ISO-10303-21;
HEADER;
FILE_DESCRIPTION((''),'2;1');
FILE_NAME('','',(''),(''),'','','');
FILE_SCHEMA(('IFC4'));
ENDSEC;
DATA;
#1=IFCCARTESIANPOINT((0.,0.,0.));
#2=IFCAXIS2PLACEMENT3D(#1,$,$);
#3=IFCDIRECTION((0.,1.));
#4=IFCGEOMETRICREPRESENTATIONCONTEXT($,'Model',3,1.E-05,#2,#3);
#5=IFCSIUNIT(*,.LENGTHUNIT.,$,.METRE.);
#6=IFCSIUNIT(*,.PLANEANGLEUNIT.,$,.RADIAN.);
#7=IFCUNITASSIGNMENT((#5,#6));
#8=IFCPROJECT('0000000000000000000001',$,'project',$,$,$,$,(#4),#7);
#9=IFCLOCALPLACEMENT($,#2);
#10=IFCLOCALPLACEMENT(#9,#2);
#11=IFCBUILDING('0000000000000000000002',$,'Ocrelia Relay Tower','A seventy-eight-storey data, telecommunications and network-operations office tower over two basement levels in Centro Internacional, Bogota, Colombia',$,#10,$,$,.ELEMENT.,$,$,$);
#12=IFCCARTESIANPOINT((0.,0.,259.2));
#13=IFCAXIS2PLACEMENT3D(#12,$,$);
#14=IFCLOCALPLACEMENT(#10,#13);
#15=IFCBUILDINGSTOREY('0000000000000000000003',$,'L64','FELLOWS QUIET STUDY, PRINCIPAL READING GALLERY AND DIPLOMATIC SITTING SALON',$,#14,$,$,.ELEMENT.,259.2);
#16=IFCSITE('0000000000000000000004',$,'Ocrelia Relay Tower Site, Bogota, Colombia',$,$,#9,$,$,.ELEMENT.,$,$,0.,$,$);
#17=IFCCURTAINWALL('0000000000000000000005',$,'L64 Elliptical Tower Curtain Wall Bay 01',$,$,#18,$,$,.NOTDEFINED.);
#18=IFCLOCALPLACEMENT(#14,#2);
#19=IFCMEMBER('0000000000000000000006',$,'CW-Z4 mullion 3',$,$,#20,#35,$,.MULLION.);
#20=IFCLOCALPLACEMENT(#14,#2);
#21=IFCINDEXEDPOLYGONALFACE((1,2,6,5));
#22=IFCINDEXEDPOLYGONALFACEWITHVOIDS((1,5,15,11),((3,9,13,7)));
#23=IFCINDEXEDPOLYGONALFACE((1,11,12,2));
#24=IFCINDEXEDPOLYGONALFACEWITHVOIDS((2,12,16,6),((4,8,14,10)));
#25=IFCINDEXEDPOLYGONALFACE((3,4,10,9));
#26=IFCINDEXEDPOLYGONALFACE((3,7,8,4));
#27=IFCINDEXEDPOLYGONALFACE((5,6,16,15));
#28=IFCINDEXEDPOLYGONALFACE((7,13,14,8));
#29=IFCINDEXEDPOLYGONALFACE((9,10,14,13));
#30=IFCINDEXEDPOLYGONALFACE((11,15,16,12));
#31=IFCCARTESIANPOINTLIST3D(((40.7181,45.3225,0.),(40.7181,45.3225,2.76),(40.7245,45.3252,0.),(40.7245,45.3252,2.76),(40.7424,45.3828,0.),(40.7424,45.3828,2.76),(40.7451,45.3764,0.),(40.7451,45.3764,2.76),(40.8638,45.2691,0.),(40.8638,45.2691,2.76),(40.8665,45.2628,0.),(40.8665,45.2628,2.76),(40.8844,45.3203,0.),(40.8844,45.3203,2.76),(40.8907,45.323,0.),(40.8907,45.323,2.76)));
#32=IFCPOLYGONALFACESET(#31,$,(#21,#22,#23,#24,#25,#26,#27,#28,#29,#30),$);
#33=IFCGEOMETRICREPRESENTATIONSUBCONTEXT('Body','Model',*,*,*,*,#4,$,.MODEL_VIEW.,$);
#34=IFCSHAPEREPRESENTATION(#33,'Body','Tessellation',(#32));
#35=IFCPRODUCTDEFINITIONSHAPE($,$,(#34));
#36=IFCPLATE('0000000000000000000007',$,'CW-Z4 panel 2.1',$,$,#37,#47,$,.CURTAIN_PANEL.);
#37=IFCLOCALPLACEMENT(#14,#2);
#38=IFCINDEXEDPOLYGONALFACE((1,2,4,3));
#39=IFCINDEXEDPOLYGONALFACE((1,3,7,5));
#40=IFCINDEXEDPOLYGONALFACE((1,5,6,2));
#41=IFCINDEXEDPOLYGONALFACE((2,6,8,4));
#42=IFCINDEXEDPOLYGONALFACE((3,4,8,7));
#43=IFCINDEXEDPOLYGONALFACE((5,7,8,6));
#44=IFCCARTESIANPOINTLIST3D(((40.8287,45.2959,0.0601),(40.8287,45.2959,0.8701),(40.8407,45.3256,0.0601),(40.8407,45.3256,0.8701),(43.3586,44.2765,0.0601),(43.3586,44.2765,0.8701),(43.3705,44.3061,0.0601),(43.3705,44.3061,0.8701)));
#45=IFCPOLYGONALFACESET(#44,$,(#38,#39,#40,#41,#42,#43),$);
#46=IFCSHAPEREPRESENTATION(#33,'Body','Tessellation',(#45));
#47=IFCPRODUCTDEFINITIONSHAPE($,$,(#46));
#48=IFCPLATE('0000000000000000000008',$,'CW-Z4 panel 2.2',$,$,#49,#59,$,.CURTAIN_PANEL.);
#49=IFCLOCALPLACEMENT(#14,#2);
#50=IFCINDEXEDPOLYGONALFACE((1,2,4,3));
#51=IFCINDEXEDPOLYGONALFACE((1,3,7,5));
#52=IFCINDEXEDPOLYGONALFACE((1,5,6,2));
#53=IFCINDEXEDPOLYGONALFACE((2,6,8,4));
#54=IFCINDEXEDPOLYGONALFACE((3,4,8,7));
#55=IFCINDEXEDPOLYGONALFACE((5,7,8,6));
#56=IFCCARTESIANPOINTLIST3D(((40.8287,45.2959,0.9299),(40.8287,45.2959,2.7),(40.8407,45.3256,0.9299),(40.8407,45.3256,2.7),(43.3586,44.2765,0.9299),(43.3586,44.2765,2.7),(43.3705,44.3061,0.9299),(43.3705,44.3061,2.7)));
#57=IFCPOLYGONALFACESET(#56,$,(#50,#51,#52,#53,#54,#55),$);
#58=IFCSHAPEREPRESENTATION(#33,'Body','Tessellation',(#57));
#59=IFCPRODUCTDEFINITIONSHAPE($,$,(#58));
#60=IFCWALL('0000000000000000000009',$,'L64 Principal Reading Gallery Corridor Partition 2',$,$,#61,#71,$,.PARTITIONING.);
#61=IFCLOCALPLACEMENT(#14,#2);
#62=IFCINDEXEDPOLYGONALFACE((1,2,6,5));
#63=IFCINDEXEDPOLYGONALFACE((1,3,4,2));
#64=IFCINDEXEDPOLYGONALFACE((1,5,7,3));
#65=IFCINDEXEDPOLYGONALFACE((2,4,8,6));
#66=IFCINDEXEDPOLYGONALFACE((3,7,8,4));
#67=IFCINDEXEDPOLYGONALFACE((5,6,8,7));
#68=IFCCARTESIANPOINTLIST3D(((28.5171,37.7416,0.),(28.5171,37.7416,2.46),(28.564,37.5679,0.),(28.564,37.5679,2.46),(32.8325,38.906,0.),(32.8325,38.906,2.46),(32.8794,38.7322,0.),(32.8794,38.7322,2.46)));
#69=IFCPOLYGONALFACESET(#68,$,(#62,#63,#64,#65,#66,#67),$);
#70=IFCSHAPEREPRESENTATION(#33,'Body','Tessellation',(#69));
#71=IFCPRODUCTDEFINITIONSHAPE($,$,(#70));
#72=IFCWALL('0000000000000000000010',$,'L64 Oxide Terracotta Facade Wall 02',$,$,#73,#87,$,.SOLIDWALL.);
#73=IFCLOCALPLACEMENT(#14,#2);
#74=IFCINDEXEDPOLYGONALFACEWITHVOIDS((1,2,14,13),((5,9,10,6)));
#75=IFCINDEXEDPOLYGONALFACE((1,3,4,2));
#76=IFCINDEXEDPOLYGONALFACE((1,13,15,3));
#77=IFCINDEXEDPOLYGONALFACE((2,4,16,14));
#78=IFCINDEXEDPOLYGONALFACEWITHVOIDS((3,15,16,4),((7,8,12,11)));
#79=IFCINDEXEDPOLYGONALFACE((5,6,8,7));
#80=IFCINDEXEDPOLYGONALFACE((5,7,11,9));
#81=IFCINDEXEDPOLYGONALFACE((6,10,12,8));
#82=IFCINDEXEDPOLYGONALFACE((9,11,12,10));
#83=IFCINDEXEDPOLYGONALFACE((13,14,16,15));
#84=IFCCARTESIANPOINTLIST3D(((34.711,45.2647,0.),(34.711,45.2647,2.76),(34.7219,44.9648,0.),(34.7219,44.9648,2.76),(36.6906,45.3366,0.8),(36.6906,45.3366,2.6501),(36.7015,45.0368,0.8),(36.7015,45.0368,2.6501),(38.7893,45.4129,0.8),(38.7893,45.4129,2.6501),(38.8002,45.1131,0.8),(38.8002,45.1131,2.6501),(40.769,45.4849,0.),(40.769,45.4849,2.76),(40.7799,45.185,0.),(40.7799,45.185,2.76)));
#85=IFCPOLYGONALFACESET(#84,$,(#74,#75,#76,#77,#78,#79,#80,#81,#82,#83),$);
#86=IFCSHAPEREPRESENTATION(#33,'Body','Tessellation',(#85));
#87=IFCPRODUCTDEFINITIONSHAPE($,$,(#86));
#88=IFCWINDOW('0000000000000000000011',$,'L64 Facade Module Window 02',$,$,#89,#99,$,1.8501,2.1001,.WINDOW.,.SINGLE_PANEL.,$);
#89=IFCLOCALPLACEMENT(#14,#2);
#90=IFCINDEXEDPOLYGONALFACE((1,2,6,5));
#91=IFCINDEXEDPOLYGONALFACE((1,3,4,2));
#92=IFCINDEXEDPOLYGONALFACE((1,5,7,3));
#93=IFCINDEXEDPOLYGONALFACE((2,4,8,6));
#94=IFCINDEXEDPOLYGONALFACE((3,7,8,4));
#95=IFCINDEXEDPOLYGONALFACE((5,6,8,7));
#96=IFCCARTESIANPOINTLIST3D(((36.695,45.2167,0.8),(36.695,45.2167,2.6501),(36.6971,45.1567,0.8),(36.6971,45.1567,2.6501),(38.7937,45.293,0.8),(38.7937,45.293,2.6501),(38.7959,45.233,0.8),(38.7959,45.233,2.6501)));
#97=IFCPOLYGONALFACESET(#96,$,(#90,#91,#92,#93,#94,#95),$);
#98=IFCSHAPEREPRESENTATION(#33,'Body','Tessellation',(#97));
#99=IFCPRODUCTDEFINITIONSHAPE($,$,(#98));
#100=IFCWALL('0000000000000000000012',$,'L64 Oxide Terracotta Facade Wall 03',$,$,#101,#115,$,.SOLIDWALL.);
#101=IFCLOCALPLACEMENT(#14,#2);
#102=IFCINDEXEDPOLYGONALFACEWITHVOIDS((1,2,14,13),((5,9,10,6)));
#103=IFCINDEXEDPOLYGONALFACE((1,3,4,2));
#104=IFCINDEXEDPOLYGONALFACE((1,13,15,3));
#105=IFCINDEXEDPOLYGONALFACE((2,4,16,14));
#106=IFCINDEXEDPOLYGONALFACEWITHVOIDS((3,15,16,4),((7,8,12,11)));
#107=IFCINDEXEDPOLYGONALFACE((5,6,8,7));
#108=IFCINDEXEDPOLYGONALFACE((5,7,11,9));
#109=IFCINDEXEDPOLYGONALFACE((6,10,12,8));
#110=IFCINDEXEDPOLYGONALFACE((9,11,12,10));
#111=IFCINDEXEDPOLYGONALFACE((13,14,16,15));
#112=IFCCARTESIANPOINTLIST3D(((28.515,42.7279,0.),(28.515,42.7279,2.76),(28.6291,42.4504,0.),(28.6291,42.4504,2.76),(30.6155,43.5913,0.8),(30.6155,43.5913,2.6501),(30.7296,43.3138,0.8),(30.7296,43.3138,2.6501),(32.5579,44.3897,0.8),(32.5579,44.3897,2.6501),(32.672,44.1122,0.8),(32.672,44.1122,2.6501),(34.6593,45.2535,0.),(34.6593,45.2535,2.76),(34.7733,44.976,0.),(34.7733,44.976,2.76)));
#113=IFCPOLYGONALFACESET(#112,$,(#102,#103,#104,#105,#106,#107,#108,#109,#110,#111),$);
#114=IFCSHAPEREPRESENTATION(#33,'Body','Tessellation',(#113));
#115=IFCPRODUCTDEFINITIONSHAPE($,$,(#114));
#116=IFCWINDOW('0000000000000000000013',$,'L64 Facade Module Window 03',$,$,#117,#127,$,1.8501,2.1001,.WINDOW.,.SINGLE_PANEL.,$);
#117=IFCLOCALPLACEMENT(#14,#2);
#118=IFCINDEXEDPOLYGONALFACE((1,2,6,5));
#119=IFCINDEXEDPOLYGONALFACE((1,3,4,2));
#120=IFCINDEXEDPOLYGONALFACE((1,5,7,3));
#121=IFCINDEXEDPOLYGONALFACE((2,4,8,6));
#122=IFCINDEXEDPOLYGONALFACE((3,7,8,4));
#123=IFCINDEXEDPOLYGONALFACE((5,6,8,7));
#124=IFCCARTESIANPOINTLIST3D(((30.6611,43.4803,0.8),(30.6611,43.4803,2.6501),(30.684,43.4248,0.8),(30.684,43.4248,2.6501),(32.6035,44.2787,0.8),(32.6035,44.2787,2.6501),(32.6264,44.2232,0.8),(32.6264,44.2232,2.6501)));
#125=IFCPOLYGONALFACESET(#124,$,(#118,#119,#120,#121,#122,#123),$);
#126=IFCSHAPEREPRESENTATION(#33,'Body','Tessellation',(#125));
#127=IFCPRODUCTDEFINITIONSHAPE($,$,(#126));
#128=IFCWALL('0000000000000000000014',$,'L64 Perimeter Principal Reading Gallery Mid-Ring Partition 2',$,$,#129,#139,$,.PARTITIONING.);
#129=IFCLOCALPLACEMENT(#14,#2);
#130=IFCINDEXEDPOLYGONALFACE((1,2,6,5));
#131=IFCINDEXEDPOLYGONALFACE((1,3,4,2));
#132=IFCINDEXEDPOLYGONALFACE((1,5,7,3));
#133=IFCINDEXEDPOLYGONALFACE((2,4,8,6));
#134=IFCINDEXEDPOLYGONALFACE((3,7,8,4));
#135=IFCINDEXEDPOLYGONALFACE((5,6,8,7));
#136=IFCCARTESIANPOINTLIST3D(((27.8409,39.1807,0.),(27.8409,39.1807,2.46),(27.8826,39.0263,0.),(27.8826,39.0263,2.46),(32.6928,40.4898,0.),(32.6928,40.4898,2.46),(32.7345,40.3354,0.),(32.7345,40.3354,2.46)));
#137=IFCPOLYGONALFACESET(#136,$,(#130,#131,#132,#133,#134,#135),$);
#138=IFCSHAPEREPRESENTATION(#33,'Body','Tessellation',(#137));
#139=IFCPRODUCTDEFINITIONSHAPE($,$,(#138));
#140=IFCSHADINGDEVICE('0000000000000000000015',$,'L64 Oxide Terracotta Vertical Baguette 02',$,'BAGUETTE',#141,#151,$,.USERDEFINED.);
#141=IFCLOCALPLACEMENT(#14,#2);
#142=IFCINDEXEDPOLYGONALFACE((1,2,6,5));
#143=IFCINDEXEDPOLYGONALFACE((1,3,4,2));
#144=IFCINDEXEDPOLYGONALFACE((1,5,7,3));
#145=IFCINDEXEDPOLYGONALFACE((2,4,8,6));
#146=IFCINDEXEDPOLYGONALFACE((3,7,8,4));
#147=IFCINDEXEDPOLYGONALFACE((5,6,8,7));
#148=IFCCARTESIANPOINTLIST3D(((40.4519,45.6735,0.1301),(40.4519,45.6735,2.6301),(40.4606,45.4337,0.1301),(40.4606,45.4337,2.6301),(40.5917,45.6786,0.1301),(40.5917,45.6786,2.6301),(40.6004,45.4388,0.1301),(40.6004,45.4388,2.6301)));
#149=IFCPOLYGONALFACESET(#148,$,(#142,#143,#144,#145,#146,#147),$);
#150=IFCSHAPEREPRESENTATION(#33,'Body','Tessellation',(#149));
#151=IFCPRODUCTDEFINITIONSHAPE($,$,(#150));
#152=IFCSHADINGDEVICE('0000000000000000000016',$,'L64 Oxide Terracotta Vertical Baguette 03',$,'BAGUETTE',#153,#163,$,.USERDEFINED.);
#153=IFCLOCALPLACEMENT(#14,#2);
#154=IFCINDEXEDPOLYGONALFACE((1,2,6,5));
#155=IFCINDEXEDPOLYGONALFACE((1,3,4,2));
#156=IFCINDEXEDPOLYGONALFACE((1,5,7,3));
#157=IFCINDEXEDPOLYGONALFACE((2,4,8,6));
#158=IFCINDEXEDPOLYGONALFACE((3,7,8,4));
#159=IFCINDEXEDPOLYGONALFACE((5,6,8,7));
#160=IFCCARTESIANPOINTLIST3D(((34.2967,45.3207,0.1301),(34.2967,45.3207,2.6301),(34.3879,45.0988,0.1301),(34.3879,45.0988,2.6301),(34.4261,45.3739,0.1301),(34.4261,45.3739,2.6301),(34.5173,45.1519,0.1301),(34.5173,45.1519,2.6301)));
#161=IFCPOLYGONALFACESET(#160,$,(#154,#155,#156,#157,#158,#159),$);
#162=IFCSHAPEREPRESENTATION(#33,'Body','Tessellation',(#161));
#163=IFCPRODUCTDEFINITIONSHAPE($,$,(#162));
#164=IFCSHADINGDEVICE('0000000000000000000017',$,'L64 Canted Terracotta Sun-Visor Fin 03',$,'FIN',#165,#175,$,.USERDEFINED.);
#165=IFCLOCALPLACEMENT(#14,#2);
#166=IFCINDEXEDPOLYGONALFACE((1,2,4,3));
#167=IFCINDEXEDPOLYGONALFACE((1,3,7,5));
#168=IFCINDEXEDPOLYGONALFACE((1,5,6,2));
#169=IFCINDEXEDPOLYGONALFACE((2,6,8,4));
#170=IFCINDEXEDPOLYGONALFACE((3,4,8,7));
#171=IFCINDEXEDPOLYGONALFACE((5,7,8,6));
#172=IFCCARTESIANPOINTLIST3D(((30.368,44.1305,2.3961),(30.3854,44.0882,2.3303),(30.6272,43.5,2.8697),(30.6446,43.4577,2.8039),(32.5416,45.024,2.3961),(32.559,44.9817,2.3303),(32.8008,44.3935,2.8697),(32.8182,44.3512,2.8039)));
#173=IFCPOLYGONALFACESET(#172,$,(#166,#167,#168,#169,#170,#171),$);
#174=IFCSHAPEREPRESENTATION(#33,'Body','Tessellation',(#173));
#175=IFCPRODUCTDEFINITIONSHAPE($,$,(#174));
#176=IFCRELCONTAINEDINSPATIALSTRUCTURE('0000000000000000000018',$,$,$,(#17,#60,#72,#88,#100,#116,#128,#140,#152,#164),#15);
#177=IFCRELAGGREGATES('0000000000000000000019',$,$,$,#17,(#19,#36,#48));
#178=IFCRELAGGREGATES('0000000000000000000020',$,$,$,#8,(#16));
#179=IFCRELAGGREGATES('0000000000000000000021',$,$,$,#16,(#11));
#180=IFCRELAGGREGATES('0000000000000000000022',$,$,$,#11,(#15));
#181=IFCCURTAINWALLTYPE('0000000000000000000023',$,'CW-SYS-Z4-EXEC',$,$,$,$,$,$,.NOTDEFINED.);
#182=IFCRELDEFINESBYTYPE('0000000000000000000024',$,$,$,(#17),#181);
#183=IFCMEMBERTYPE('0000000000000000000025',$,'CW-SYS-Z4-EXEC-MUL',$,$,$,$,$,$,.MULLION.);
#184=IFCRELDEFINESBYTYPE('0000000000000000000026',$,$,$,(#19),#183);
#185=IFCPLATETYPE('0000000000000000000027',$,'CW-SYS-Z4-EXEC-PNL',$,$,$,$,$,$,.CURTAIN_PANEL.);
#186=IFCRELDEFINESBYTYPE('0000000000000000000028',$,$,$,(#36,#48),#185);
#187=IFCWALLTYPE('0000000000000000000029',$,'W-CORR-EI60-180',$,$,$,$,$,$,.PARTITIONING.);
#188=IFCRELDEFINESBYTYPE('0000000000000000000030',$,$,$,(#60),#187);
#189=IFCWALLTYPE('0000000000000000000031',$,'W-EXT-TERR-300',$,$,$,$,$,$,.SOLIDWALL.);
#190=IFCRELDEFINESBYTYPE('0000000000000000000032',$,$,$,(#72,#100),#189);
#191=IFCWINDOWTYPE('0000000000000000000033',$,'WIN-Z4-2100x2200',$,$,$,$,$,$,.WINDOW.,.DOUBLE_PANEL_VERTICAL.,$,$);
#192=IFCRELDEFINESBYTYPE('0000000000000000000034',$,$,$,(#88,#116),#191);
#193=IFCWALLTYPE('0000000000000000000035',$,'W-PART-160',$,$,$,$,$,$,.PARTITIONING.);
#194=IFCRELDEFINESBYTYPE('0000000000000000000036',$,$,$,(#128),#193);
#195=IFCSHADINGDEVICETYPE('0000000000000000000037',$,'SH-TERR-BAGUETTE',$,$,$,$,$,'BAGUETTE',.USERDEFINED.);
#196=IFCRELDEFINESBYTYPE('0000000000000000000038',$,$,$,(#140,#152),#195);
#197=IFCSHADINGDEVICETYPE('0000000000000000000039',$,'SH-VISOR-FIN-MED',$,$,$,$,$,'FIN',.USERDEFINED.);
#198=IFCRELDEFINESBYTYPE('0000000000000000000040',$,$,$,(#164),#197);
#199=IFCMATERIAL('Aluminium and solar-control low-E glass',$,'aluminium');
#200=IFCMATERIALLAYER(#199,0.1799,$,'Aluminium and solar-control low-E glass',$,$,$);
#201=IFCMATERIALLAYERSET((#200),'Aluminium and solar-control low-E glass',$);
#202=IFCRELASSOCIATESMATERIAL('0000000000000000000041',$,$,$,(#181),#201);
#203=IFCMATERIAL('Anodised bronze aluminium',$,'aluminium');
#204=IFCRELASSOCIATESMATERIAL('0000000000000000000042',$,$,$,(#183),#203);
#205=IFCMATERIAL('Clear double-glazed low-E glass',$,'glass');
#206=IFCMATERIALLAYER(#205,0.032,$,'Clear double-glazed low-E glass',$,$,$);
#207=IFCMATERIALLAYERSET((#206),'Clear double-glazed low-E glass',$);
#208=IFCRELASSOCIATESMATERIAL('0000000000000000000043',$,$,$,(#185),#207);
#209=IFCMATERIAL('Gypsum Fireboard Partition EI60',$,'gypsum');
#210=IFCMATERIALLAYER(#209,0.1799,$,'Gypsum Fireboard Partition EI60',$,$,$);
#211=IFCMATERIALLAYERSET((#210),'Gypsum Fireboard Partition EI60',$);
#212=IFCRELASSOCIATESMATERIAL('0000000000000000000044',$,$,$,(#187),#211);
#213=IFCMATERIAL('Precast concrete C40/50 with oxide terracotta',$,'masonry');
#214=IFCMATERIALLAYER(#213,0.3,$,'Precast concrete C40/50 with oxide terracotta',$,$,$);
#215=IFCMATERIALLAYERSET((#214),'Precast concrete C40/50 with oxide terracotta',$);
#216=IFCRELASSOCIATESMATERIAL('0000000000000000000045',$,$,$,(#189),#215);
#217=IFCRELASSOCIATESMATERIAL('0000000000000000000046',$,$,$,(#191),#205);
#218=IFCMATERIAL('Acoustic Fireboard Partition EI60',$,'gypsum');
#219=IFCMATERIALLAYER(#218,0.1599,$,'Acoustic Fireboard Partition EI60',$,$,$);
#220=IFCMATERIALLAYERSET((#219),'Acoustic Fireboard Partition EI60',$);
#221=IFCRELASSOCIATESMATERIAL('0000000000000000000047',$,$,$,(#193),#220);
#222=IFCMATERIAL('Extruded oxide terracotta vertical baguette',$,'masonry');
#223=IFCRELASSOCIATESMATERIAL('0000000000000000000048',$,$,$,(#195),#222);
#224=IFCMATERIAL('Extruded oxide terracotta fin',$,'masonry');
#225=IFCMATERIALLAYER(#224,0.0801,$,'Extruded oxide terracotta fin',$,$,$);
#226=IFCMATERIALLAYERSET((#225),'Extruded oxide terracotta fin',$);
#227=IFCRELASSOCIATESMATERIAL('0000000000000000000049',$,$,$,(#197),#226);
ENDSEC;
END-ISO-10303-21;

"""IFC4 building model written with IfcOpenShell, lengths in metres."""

from ifc_helpers import new_model, si_unit, direction, frame, frame_2d, origin, origin_2d, place, context, subcontext, project, spatial, rectangle, hollow_rectangle, extrude, material, layer, layer_set, material_profile, profile_set, type_object, element, fill, aggregate, save


model = new_model("IFC4")

# Units and contexts
model_context = context("Model", 3, precision=1e-05, world=origin(), true_north=direction((0.0, 1.0)))
body_context = subcontext(model_context, "Body", "Model", "MODEL_VIEW")
ifc_project = project(units=[si_unit("LENGTHUNIT", "METRE"), si_unit("PLANEANGLEUNIT", "RADIAN")], contexts=[model_context])

# Site, building, storey
site_placement = place(None, origin())
site = spatial("IfcSite", under=ifc_project, at=site_placement, Name="Ocrelia Relay Tower Site, Bogota, Colombia", CompositionType="ELEMENT", RefElevation=0.0)
building_placement = place(site_placement, origin())
building = spatial("IfcBuilding", under=site, at=building_placement, Name="Ocrelia Relay Tower", Description="A seventy-eight-storey data, telecommunications and network-operations office tower over two basement levels in Centro Internacional, Bogota, Colombia", CompositionType="ELEMENT")
storey_placement = place(building_placement, frame((0.0, 0.0, 259.2)))
storey = spatial("IfcBuildingStorey", under=building, at=storey_placement, Name="L64", Description="FELLOWS QUIET STUDY, PRINCIPAL READING GALLERY AND DIPLOMATIC SITTING SALON", CompositionType="ELEMENT", Elevation=259.2)

# Curtain wall, member, plates
ifc_material_1 = material(Name="Aluminium and solar-control low-E glass", Category="aluminium")
ifc_layer_1 = layer(ifc_material_1, 0.1799, Name="Aluminium and solar-control low-E glass")
ifc_layer_set_1 = layer_set([ifc_layer_1], Name="Aluminium and solar-control low-E glass")
curtain_wall_type = type_object("IfcCurtainWallType", Name="CW-SYS-Z4-EXEC", PredefinedType="NOTDEFINED", material=ifc_layer_set_1)
curtain_wall_placement = place(storey_placement, origin())
curtain_wall = element("IfcCurtainWall", 1, at=curtain_wall_placement, inside=storey, type_object=curtain_wall_type, Name="L64 Elliptical Tower Curtain Wall Bay 01", PredefinedType="NOTDEFINED")
ifc_material_2 = material(Name="Anodised bronze aluminium", Category="aluminium")
ifc_material_profile_1 = material_profile(ifc_material_2, hollow_rectangle(XDim=0.0649, YDim=0.1599, WallThickness=0.0049, at=origin_2d()), Name="CW-MUL-160x65")
ifc_profile_set_1 = profile_set([ifc_material_profile_1], Name="Anodised bronze aluminium")
member_type = type_object("IfcMemberType", Name="CW-SYS-Z4-EXEC-MUL", PredefinedType="MULLION", material=ifc_profile_set_1)
member_placement = place(storey_placement, frame((40.8044, 45.3228, 0.0), z_axis=(0.0, 0.0, 1.0), x_axis=(-0.373751, -0.927529, 0.0)))
member = element("IfcMember", 2, at=member_placement, type_object=member_type, Name="CW-Z4 mullion 3", PredefinedType="MULLION", context=body_context, shape_type="SweptSolid", body=[
    extrude(hollow_rectangle(XDim=0.0649, YDim=0.1599, WallThickness=0.0049, at=origin_2d()), origin(), (0.0, 0.0, 1.0), 2.76),
])
ifc_material_3 = material(Name="Clear double-glazed low-E glass", Category="glass")
ifc_layer_2 = layer(ifc_material_3, 0.032, Name="Clear double-glazed low-E glass")
ifc_layer_set_2 = layer_set([ifc_layer_2], Name="Clear double-glazed low-E glass")
plate_type = type_object("IfcPlateType", Name="CW-SYS-Z4-EXEC-PNL", PredefinedType="CURTAIN_PANEL", material=ifc_layer_set_2)
plate_1_placement = place(storey_placement, frame((42.0996, 44.801, 0.0601), z_axis=(0.0, 0.0, 1.0), x_axis=(-0.927529, 0.373751, 0.0)))
plate_1 = element("IfcPlate", 3, at=plate_1_placement, type_object=plate_type, Name="CW-Z4 panel 2.1", PredefinedType="CURTAIN_PANEL", context=body_context, shape_type="SweptSolid", body=[
    extrude(rectangle(XDim=2.7275, YDim=0.032, at=origin_2d()), origin(), (0.0, 0.0, 1.0), 0.8101),
])
plate_2_placement = place(storey_placement, frame((42.0996, 44.801, 0.9299), z_axis=(0.0, 0.0, 1.0), x_axis=(-0.927529, 0.373751, 0.0)))
plate_2 = element("IfcPlate", 4, at=plate_2_placement, type_object=plate_type, Name="CW-Z4 panel 2.2", PredefinedType="CURTAIN_PANEL", context=body_context, shape_type="SweptSolid", body=[
    extrude(rectangle(XDim=2.7275, YDim=0.032, at=origin_2d()), origin(), (0.0, 0.0, 1.0), 1.77),
])
aggregate(curtain_wall, [member, plate_1, plate_2])

# Wall
ifc_material_4 = material(Name="Gypsum Fireboard Partition EI60", Category="gypsum")
ifc_layer_3 = layer(ifc_material_4, 0.1799, Name="Gypsum Fireboard Partition EI60")
ifc_layer_set_3 = layer_set([ifc_layer_3], Name="Gypsum Fireboard Partition EI60")
wall_type_1 = type_object("IfcWallType", Name="W-CORR-EI60-180", PredefinedType="PARTITIONING", material=ifc_layer_set_3)
wall_1_placement = place(storey_placement, frame((32.856, 38.8191, 0.0), z_axis=(0.0, 0.0, 1.0), x_axis=(-0.965477, -0.260487, 0.0)))
element("IfcWall", 5, at=wall_1_placement, inside=storey, type_object=wall_type_1, Name="L64 Principal Reading Gallery Corridor Partition 2", PredefinedType="PARTITIONING", context=body_context, shape_type="SweptSolid", body=[
    extrude(rectangle(XDim=4.4697, YDim=0.1799, at=frame_2d((2.2349, 0.0))), origin(), (0.0, 0.0, 1.0), 2.46),
])

# Walls, openings, windows
ifc_material_5 = material(Name="Precast concrete C40/50 with oxide terracotta", Category="masonry")
ifc_layer_4 = layer(ifc_material_5, 0.3, Name="Precast concrete C40/50 with oxide terracotta")
ifc_layer_set_4 = layer_set([ifc_layer_4], Name="Precast concrete C40/50 with oxide terracotta")
wall_type_2 = type_object("IfcWallType", Name="W-EXT-TERR-300", PredefinedType="SOLIDWALL", material=ifc_layer_set_4)
wall_2_placement = place(storey_placement, frame((40.7744, 45.335, 0.0), z_axis=(0.0, 0.0, 1.0), x_axis=(-0.99934, -0.036326, 0.0)))
wall_2 = element("IfcWall", 6, at=wall_2_placement, inside=storey, type_object=wall_type_2, Name="L64 Oxide Terracotta Facade Wall 02", PredefinedType="SOLIDWALL", context=body_context, shape_type="SweptSolid", body=[
    extrude(rectangle(XDim=6.062, YDim=0.3, at=frame_2d((3.031, 0.0))), origin(), (0.0, 0.0, 1.0), 2.76),
])
opening_1_placement = place(wall_2_placement, frame((1.981, 0.0, 0.8)))
opening_1 = element("IfcOpeningElement", 7, at=opening_1_placement, cuts=wall_2, PredefinedType="OPENING", context=body_context, shape_type="SweptSolid", body=[
    extrude(rectangle(XDim=2.1001, YDim=1.8501, at=frame_2d((1.05, 0.925))), frame((0.0, 0.1602, 0.0), z_axis=(0.0, -1.0, 0.0), x_axis=(1.0, 0.0, 0.0)), (0.0, 0.0, 1.0), 0.3201),
])
window_type = type_object("IfcWindowType", Name="WIN-Z4-2100x2200", PartitioningType="DOUBLE_PANEL_VERTICAL", PredefinedType="WINDOW", material=ifc_material_3)
window_1_placement = place(opening_1_placement, origin())
window_1 = element("IfcWindow", 8, at=window_1_placement, inside=storey, type_object=window_type, Name="L64 Facade Module Window 02", OverallHeight=1.8501, OverallWidth=2.1001, PartitioningType="SINGLE_PANEL", PredefinedType="WINDOW", context=body_context, shape_type="SweptSolid", body=[
    extrude(rectangle(XDim=2.1001, YDim=1.8501, at=frame_2d((1.05, 0.925))), frame((0.0, 0.03, 0.0), z_axis=(0.0, -1.0, 0.0), x_axis=(1.0, 0.0, 0.0)), (0.0, 0.0, 1.0), 0.0601),
])
fill(opening_1, window_1)
wall_3_placement = place(storey_placement, frame((34.7163, 45.1147, 0.0), z_axis=(0.0, 0.0, 1.0), x_axis=(-0.924909, -0.380188, 0.0)))
wall_3 = element("IfcWall", 9, at=wall_3_placement, inside=storey, type_object=wall_type_2, Name="L64 Oxide Terracotta Facade Wall 03", PredefinedType="SOLIDWALL", context=body_context, shape_type="SweptSolid", body=[
    extrude(rectangle(XDim=6.6431, YDim=0.3, at=frame_2d((3.3215, 0.0))), origin(), (0.0, 0.0, 1.0), 2.76),
])
opening_2_placement = place(wall_3_placement, frame((2.272, 0.0, 0.8)))
opening_2 = element("IfcOpeningElement", 10, at=opening_2_placement, cuts=wall_3, PredefinedType="OPENING", context=body_context, shape_type="SweptSolid", body=[
    extrude(rectangle(XDim=2.1001, YDim=1.8501, at=frame_2d((1.05, 0.925))), frame((0.0, 0.1602, 0.0), z_axis=(0.0, -1.0, 0.0), x_axis=(1.0, 0.0, 0.0)), (0.0, 0.0, 1.0), 0.3201),
])
window_2_placement = place(opening_2_placement, origin())
window_2 = element("IfcWindow", 11, at=window_2_placement, inside=storey, type_object=window_type, Name="L64 Facade Module Window 03", OverallHeight=1.8501, OverallWidth=2.1001, PartitioningType="SINGLE_PANEL", PredefinedType="WINDOW", context=body_context, shape_type="SweptSolid", body=[
    extrude(rectangle(XDim=2.1001, YDim=1.8501, at=frame_2d((1.05, 0.925))), frame((0.0, 0.03, 0.0), z_axis=(0.0, -1.0, 0.0), x_axis=(1.0, 0.0, 0.0)), (0.0, 0.0, 1.0), 0.0601),
])
fill(opening_2, window_2)

# Shared definitions
ifc_material_6 = material(Name="Acoustic Fireboard Partition EI60", Category="gypsum")
ifc_layer_5 = layer(ifc_material_6, 0.1599, Name="Acoustic Fireboard Partition EI60")
ifc_layer_set_5 = layer_set([ifc_layer_5], Name="Acoustic Fireboard Partition EI60")
wall_type_3 = type_object("IfcWallType", Name="W-PART-160", PredefinedType="PARTITIONING", material=ifc_layer_set_5)

# Wall
wall_4_placement = place(storey_placement, frame((32.7136, 40.4126, 0.0), z_axis=(0.0, 0.0, 1.0), x_axis=(-0.965474, -0.260498, 0.0)))
element("IfcWall", 12, at=wall_4_placement, inside=storey, type_object=wall_type_3, Name="L64 Perimeter Principal Reading Gallery Mid-Ring Partition 2", PredefinedType="PARTITIONING", context=body_context, shape_type="SweptSolid", body=[
    extrude(rectangle(XDim=5.0254, YDim=0.1599, at=frame_2d((2.5127, 0.0))), origin(), (0.0, 0.0, 1.0), 2.46),
])

# Shading devices
ifc_material_7 = material(Name="Extruded oxide terracotta vertical baguette", Category="masonry")
shading_device_type_1 = type_object("IfcShadingDeviceType", Name="SH-TERR-BAGUETTE", ElementType="BAGUETTE", PredefinedType="USERDEFINED", material=ifc_material_7)
for number, where, z_axis, x_axis, name in (
    (13, (40.5261, 45.5562, 0.1301), (0.0, 0.0, 1.0), (-0.99934, -0.036325, 0.0), "L64 Oxide Terracotta Vertical Baguette 02"),
    (14, (34.407, 45.2363, 0.1301), (0.0, 0.0, 1.0), (-0.924901, -0.380208, 0.0), "L64 Oxide Terracotta Vertical Baguette 03"),
):
    element("IfcShadingDevice", number, at=place(storey_placement, frame(where, z_axis=z_axis, x_axis=x_axis)), inside=storey, type_object=shading_device_type_1, Name=name, ObjectType="BAGUETTE", PredefinedType="USERDEFINED", context=body_context, shape_type="SweptSolid", body=[
        extrude(rectangle(XDim=0.1399, YDim=0.24, at=origin_2d()), origin(), (0.0, 0.0, 1.0), 2.5),
    ])
ifc_material_8 = material(Name="Extruded oxide terracotta fin", Category="masonry")
ifc_layer_6 = layer(ifc_material_8, 0.0801, Name="Extruded oxide terracotta fin")
ifc_layer_set_6 = layer_set([ifc_layer_6], Name="Extruded oxide terracotta fin")
shading_device_type_2 = type_object("IfcShadingDeviceType", Name="SH-VISOR-FIN-MED", ElementType="FIN", PredefinedType="USERDEFINED", material=ifc_layer_set_6)
shading_device_1_placement = place(storey_placement, frame((31.6018, 44.2197, 2.5671), z_axis=(-0.216936, 0.527721, 0.821249), x_axis=(-0.924901, -0.380208, 0.0)))
element("IfcShadingDevice", 15, at=shading_device_1_placement, inside=storey, type_object=shading_device_type_2, Name="L64 Canted Terracotta Sun-Visor Fin 03", ObjectType="FIN", PredefinedType="USERDEFINED", context=body_context, shape_type="SweptSolid", body=[
    extrude(rectangle(XDim=2.3501, YDim=0.8301, at=origin_2d()), origin(), (0.0, 0.0, 1.0), 0.0801),
])

save(model, "model.ifc")
